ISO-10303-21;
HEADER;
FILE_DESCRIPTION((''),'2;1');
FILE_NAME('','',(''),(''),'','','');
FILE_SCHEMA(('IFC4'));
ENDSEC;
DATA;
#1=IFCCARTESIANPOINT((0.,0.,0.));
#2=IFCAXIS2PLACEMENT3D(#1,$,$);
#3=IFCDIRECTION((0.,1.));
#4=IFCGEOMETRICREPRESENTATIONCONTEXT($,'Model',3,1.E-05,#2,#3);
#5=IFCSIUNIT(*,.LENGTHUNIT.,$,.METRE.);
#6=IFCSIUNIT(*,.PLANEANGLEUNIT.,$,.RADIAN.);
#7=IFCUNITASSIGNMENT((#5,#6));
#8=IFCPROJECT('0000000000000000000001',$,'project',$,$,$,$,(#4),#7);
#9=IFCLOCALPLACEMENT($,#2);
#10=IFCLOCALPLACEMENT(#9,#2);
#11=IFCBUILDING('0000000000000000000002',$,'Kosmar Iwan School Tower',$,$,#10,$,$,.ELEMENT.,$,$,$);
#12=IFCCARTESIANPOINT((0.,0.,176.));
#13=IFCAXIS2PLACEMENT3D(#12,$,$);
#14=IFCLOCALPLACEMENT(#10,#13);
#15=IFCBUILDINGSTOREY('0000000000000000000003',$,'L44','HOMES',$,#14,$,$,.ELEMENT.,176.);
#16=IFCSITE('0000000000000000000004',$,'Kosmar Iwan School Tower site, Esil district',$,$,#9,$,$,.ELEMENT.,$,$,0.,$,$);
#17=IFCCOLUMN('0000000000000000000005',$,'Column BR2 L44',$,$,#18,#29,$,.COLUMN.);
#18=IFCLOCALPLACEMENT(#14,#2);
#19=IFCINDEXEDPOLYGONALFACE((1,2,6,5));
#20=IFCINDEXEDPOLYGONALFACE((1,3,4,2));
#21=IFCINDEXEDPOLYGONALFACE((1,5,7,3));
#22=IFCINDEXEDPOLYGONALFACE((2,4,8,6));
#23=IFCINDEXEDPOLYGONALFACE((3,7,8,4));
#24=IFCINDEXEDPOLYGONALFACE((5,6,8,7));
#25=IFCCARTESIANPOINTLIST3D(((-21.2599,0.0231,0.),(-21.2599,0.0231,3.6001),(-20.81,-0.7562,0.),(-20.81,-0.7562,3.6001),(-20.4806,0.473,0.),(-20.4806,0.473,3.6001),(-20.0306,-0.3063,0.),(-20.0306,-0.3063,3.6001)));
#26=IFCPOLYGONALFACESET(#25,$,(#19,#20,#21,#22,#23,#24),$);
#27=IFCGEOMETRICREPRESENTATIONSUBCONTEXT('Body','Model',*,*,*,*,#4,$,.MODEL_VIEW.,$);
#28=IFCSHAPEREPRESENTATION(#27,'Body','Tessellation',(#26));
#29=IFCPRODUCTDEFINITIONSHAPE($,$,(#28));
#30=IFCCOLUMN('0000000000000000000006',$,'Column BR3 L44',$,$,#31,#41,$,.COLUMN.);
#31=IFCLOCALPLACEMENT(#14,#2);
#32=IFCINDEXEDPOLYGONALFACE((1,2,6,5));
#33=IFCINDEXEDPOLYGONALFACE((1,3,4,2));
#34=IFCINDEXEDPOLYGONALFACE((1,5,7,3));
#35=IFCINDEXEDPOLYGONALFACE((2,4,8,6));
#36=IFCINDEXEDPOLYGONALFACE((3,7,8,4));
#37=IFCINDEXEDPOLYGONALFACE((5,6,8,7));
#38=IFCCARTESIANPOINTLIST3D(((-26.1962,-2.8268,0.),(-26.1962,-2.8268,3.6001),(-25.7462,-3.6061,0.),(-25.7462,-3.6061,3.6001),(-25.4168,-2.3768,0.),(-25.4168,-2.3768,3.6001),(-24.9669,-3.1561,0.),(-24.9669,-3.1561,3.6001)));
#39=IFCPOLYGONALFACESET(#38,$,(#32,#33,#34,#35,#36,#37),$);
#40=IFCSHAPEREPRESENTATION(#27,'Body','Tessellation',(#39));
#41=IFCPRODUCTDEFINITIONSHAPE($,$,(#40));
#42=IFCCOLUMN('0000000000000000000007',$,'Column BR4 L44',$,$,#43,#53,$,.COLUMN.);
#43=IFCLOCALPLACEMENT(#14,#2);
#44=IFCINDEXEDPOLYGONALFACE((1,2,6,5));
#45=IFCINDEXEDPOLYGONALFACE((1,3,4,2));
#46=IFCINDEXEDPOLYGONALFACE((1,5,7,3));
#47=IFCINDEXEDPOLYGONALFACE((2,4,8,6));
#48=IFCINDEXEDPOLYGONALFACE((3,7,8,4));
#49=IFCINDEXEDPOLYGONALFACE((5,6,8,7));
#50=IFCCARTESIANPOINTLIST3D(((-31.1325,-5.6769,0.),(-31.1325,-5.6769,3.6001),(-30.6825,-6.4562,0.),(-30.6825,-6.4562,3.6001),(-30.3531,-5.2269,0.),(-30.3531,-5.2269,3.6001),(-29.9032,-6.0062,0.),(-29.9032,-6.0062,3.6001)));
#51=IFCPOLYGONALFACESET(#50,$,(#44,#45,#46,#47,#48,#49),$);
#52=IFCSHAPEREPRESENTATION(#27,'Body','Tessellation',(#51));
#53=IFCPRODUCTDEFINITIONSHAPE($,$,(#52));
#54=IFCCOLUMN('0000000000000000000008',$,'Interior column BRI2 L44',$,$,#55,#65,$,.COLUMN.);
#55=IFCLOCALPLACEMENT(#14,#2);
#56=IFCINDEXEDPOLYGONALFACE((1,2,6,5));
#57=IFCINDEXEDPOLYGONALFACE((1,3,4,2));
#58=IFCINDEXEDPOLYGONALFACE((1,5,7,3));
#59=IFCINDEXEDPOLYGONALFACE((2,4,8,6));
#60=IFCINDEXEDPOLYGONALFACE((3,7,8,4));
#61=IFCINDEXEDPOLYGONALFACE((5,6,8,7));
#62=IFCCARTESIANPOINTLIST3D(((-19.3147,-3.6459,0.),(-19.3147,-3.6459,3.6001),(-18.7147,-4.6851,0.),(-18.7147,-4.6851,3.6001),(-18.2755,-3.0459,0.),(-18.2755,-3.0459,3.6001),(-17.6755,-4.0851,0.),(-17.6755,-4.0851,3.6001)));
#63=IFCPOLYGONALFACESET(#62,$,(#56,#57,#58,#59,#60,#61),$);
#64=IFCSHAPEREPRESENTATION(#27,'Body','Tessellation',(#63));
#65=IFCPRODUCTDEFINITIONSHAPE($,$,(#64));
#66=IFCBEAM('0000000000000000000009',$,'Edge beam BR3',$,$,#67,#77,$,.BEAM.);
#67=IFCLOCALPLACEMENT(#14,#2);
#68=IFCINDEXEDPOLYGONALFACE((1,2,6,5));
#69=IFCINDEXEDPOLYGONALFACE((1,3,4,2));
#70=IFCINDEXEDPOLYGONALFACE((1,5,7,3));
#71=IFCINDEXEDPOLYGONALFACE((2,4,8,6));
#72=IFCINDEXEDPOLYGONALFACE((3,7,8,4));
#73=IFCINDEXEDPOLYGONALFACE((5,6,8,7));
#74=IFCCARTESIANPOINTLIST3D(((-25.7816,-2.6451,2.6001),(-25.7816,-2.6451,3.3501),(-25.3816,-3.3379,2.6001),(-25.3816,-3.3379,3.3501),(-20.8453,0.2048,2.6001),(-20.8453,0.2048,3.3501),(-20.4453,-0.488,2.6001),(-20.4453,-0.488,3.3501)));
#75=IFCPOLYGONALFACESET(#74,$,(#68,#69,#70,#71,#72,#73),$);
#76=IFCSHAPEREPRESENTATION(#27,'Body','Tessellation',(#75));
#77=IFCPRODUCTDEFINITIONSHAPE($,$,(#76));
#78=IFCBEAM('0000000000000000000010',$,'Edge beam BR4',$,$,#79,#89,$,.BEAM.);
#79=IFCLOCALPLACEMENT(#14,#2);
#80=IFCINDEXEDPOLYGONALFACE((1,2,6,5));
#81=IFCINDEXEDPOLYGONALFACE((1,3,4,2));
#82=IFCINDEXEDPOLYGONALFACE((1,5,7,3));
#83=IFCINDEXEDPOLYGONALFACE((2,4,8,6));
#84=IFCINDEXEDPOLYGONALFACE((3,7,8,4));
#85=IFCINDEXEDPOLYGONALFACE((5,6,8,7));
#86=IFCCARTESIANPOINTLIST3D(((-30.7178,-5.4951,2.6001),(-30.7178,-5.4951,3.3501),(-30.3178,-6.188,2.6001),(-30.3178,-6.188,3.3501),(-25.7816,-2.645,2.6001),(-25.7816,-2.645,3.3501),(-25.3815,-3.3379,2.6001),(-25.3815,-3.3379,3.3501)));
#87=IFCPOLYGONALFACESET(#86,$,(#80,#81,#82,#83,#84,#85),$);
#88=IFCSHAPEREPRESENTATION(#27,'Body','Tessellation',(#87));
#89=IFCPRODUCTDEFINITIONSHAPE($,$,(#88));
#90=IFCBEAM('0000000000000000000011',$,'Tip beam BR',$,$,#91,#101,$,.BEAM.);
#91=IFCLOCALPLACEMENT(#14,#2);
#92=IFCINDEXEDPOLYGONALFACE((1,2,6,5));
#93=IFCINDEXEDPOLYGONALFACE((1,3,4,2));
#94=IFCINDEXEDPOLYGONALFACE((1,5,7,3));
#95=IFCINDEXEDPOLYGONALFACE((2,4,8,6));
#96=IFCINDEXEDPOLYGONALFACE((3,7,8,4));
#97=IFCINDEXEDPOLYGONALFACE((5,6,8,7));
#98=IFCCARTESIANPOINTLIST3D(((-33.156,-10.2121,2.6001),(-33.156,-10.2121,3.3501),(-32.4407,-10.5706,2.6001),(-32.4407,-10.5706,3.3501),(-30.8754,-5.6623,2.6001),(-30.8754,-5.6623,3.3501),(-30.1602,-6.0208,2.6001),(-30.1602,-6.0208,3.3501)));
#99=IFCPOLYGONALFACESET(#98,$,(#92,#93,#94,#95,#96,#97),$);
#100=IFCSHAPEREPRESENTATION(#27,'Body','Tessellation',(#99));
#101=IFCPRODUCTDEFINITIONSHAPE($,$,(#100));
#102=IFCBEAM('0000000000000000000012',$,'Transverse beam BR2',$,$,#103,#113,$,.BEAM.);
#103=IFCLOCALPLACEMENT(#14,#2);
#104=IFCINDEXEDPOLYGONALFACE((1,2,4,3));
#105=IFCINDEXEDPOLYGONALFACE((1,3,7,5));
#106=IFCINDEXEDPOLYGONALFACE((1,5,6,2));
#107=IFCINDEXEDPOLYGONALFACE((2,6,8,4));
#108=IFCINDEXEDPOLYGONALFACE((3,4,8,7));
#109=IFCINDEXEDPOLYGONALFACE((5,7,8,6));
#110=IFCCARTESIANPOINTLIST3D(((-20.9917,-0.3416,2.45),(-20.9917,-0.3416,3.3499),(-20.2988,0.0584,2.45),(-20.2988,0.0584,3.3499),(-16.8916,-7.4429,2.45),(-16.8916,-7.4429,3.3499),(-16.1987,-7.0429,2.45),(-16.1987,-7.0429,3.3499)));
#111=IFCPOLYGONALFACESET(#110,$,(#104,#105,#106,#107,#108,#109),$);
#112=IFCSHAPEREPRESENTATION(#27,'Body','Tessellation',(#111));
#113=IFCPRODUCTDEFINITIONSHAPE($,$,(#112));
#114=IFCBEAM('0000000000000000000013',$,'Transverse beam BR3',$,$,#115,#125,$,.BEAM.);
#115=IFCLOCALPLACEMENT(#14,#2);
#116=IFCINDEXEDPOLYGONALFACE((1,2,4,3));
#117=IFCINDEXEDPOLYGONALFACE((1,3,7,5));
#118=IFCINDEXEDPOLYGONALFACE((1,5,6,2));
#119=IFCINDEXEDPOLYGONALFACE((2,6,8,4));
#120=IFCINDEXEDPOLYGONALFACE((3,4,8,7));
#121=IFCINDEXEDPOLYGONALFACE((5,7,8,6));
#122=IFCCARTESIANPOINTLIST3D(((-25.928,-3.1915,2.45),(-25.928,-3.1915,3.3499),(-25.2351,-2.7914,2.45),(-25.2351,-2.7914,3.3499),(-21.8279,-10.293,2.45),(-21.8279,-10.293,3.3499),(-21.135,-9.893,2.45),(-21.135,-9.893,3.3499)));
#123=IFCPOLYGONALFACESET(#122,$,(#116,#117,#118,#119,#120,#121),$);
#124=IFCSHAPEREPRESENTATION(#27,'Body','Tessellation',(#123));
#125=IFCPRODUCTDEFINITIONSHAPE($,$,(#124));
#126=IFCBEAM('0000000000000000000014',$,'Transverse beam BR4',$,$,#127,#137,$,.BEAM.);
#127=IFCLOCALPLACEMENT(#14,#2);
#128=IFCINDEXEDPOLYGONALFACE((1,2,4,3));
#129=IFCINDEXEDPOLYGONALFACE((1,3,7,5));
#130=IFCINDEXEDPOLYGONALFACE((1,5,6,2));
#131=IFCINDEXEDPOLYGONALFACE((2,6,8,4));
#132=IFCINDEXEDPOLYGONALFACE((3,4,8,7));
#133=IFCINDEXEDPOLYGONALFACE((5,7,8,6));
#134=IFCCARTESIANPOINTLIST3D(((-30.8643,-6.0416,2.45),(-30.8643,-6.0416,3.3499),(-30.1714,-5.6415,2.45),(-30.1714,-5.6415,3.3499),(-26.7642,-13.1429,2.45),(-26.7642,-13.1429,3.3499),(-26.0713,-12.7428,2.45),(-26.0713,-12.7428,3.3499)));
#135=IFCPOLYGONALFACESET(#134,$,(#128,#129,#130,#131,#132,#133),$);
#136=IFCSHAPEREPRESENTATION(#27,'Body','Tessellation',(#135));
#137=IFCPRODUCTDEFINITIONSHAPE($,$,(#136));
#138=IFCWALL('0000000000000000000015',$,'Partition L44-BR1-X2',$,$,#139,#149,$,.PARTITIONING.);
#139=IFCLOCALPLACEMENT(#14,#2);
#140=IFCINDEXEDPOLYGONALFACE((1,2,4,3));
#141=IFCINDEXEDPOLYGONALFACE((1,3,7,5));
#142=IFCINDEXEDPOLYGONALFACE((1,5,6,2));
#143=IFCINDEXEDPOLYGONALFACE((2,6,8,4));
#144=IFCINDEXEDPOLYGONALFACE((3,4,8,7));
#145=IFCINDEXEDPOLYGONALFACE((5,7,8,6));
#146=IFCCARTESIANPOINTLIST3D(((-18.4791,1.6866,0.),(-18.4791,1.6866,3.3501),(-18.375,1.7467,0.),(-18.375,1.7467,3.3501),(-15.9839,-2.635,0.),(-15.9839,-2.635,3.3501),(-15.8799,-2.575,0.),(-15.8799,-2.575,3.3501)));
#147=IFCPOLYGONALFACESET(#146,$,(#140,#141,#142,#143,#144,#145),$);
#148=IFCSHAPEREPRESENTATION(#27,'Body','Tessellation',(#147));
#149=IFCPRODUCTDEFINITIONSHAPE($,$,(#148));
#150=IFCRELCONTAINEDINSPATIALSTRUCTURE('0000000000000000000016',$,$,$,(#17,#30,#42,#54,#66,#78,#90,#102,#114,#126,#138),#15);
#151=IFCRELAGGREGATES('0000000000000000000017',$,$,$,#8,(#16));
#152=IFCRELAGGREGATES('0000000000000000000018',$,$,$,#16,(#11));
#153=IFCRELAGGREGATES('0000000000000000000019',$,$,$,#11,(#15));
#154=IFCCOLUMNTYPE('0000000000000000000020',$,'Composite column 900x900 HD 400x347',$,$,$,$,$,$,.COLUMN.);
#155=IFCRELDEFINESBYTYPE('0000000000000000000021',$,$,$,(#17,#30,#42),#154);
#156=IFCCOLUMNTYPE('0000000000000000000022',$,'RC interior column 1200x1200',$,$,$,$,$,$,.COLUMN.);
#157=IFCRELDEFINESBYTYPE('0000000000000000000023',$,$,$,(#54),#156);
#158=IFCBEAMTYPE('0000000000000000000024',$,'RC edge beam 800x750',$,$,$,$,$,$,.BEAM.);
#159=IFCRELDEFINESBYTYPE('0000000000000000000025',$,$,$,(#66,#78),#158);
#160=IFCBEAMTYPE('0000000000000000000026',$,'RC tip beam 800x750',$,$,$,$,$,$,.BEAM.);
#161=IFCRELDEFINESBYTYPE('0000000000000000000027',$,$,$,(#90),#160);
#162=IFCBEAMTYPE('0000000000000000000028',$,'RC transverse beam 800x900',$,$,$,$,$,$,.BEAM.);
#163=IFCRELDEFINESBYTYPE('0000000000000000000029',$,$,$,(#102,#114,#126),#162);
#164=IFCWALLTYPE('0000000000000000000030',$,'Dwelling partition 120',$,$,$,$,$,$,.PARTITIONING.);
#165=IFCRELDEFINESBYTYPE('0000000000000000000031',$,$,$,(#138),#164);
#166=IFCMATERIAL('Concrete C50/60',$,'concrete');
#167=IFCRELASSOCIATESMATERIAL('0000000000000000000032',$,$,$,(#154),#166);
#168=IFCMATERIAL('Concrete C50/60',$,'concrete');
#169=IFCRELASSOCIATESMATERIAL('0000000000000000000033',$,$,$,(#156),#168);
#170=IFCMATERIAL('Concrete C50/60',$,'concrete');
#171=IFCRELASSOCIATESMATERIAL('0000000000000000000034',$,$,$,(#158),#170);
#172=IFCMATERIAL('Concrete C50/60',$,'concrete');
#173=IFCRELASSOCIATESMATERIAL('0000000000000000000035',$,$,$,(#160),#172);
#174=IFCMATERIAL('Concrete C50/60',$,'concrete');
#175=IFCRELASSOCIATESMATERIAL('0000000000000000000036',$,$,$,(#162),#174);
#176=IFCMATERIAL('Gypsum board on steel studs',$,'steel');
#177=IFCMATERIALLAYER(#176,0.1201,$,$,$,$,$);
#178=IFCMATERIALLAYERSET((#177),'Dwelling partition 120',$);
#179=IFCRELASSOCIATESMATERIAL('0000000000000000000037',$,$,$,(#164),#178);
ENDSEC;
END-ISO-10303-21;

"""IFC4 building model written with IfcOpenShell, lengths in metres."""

from ifc_helpers import new_model, si_unit, direction, frame, frame_2d, origin, origin_2d, place, context, subcontext, project, spatial, rectangle, extrude, material, layer, layer_set, material_profile, profile_set, type_object, element, save


model = new_model("IFC4")

# Units and contexts
model_context = context("Model", 3, precision=1e-05, world=origin(), true_north=direction((0.0, 1.0)))
body_context = subcontext(model_context, "Body", "Model", "MODEL_VIEW")
ifc_project = project(units=[si_unit("LENGTHUNIT", "METRE"), si_unit("PLANEANGLEUNIT", "RADIAN")], contexts=[model_context])

# Site, building, storey
site_placement = place(None, origin())
site = spatial("IfcSite", under=ifc_project, at=site_placement, Name="Kosmar Iwan School Tower site, Esil district", CompositionType="ELEMENT", RefElevation=0.0)
building_placement = place(site_placement, origin())
building = spatial("IfcBuilding", under=site, at=building_placement, Name="Kosmar Iwan School Tower", CompositionType="ELEMENT")
storey_placement = place(building_placement, frame((0.0, 0.0, 176.0)))
storey = spatial("IfcBuildingStorey", under=building, at=storey_placement, Name="L44", Description="HOMES", CompositionType="ELEMENT", Elevation=176.0)

# Columns
ifc_material_1 = material(Name="Concrete C50/60", Category="concrete")
ifc_material_profile_1 = material_profile(ifc_material_1, rectangle(XDim=0.8999, YDim=0.8999, at=origin_2d()), Name="RC 900x900 + HD 400x347")
ifc_profile_set_1 = profile_set([ifc_material_profile_1], Name="Concrete C50/60")
column_type_1 = type_object("IfcColumnType", Name="Composite column 900x900 HD 400x347", PredefinedType="COLUMN", material=ifc_profile_set_1)
for number, where, z_axis, x_axis, name in (
    (1, (-20.6453, -0.1416, 0.0), (0.0, 0.0, 1.0), (-0.866025, -0.5, 0.0), "Column BR2 L44"),
    (2, (-25.5815, -2.9915, 0.0), (0.0, 0.0, 1.0), (-0.866025, -0.5, 0.0), "Column BR3 L44"),
    (3, (-30.5178, -5.8416, 0.0), (0.0, 0.0, 1.0), (-0.866025, -0.5, 0.0), "Column BR4 L44"),
):
    element("IfcColumn", number, at=place(storey_placement, frame(where, z_axis=z_axis, x_axis=x_axis)), inside=storey, type_object=column_type_1, Name=name, PredefinedType="COLUMN", context=body_context, shape_type="SweptSolid", body=[
        extrude(rectangle(XDim=0.8999, YDim=0.8999, at=origin_2d()), origin(), (0.0, 0.0, 1.0), 3.6001),
    ])
ifc_material_2 = material(Name="Concrete C50/60", Category="concrete")
ifc_material_profile_2 = material_profile(ifc_material_2, rectangle(XDim=1.2, YDim=1.2, at=origin_2d()), Name="RC 1200x1200")
ifc_profile_set_2 = profile_set([ifc_material_profile_2], Name="Concrete C50/60")
column_type_2 = type_object("IfcColumnType", Name="RC interior column 1200x1200", PredefinedType="COLUMN", material=ifc_profile_set_2)
column_placement = place(storey_placement, frame((-18.4951, -3.8655, 0.0), z_axis=(0.0, 0.0, 1.0), x_axis=(-0.866025, -0.5, 0.0)))
element("IfcColumn", 4, at=column_placement, inside=storey, type_object=column_type_2, Name="Interior column BRI2 L44", PredefinedType="COLUMN", context=body_context, shape_type="SweptSolid", body=[
    extrude(rectangle(XDim=1.2, YDim=1.2, at=origin_2d()), origin(), (0.0, 0.0, 1.0), 3.6001),
])

# Beams
ifc_material_3 = material(Name="Concrete C50/60", Category="concrete")
ifc_material_profile_3 = material_profile(ifc_material_3, rectangle(XDim=0.8, YDim=0.75, at=origin_2d()), Name="RC 800x750")
ifc_profile_set_3 = profile_set([ifc_material_profile_3], Name="Concrete C50/60")
beam_type_1 = type_object("IfcBeamType", Name="RC edge beam 800x750", PredefinedType="BEAM", material=ifc_profile_set_3)
for number, where, z_axis, x_axis, name in (
    (5, (-20.6453, -0.1416, 2.9751), (-0.866034, -0.499986, 0.0), (0.499986, -0.866034, 0.0), "Edge beam BR3"),
    (6, (-25.5815, -2.9915, 2.9751), (-0.866015, -0.500018, 0.0), (0.500018, -0.866015, 0.0), "Edge beam BR4"),
):
    element("IfcBeam", number, at=place(storey_placement, frame(where, z_axis=z_axis, x_axis=x_axis)), inside=storey, type_object=beam_type_1, Name=name, PredefinedType="BEAM", context=body_context, shape_type="SweptSolid", body=[
        extrude(rectangle(XDim=0.8, YDim=0.75, at=origin_2d()), origin(), (0.0, 0.0, 1.0), 5.7),
    ])
ifc_material_4 = material(Name="Concrete C50/60", Category="concrete")
ifc_material_profile_4 = material_profile(ifc_material_4, rectangle(XDim=0.8, YDim=0.75, at=origin_2d()), Name="RC 800x750")
ifc_profile_set_4 = profile_set([ifc_material_profile_4], Name="Concrete C50/60")
beam_type_2 = type_object("IfcBeamType", Name="RC tip beam 800x750", PredefinedType="BEAM", material=ifc_profile_set_4)
beam_1_placement = place(storey_placement, frame((-30.5178, -5.8416, 2.9751), z_axis=(-0.448096, -0.893985, 0.0), x_axis=(0.893985, -0.448096, 0.0)))
element("IfcBeam", 7, at=beam_1_placement, inside=storey, type_object=beam_type_2, Name="Tip beam BR", PredefinedType="BEAM", context=body_context, shape_type="SweptSolid", body=[
    extrude(rectangle(XDim=0.8, YDim=0.75, at=origin_2d()), origin(), (0.0, 0.0, 1.0), 5.0894),
])
ifc_material_5 = material(Name="Concrete C50/60", Category="concrete")
ifc_material_profile_5 = material_profile(ifc_material_5, rectangle(XDim=0.8, YDim=0.8999, at=origin_2d()), Name="RC 800x900")
ifc_profile_set_5 = profile_set([ifc_material_profile_5], Name="Concrete C50/60")
beam_type_3 = type_object("IfcBeamType", Name="RC transverse beam 800x900", PredefinedType="BEAM", material=ifc_profile_set_5)
beam_2_placement = place(storey_placement, frame((-20.6453, -0.1416, 2.8999), z_axis=(0.500014, -0.866018, 0.0), x_axis=(0.866018, 0.500014, 0.0)))
element("IfcBeam", 8, at=beam_2_placement, inside=storey, type_object=beam_type_3, Name="Transverse beam BR2", PredefinedType="BEAM", context=body_context, shape_type="SweptSolid", body=[
    extrude(rectangle(XDim=0.8, YDim=0.8999, at=origin_2d()), origin(), (0.0, 0.0, 1.0), 8.2),
])
beam_3_placement = place(storey_placement, frame((-25.5815, -2.9915, 2.8999), z_axis=(0.500001, -0.866025, 0.0), x_axis=(0.866025, 0.500001, 0.0)))
element("IfcBeam", 9, at=beam_3_placement, inside=storey, type_object=beam_type_3, Name="Transverse beam BR3", PredefinedType="BEAM", context=body_context, shape_type="SweptSolid", body=[
    extrude(rectangle(XDim=0.8, YDim=0.8999, at=origin_2d()), origin(), (0.0, 0.0, 1.0), 8.2002),
])
beam_4_placement = place(storey_placement, frame((-30.5178, -5.8416, 2.8999), z_axis=(0.500014, -0.866018, 0.0), x_axis=(0.866018, 0.500014, 0.0)))
element("IfcBeam", 10, at=beam_4_placement, inside=storey, type_object=beam_type_3, Name="Transverse beam BR4", PredefinedType="BEAM", context=body_context, shape_type="SweptSolid", body=[
    extrude(rectangle(XDim=0.8, YDim=0.8999, at=origin_2d()), origin(), (0.0, 0.0, 1.0), 8.2),
])

# Wall
ifc_material_6 = material(Name="Gypsum board on steel studs", Category="steel")
ifc_layer = layer(ifc_material_6, 0.1201)
ifc_layer_set = layer_set([ifc_layer], Name="Dwelling partition 120")
wall_type = type_object("IfcWallType", Name="Dwelling partition 120", PredefinedType="PARTITIONING", material=ifc_layer_set)
wall_1_placement = place(storey_placement, frame((-15.9319, -2.605, 0.0), z_axis=(0.0, 0.0, 1.0), x_axis=(-0.500012, 0.866019, 0.0)))
element("IfcWall", 11, at=wall_1_placement, inside=storey, type_object=wall_type, Name="Partition L44-BR1-X2", PredefinedType="PARTITIONING", context=body_context, shape_type="SweptSolid", body=[
    extrude(rectangle(XDim=4.9902, YDim=0.1201, at=frame_2d((2.4951, 0.0))), origin(), (0.0, 0.0, 1.0), 3.3501),
])

save(model, "model.ifc")
